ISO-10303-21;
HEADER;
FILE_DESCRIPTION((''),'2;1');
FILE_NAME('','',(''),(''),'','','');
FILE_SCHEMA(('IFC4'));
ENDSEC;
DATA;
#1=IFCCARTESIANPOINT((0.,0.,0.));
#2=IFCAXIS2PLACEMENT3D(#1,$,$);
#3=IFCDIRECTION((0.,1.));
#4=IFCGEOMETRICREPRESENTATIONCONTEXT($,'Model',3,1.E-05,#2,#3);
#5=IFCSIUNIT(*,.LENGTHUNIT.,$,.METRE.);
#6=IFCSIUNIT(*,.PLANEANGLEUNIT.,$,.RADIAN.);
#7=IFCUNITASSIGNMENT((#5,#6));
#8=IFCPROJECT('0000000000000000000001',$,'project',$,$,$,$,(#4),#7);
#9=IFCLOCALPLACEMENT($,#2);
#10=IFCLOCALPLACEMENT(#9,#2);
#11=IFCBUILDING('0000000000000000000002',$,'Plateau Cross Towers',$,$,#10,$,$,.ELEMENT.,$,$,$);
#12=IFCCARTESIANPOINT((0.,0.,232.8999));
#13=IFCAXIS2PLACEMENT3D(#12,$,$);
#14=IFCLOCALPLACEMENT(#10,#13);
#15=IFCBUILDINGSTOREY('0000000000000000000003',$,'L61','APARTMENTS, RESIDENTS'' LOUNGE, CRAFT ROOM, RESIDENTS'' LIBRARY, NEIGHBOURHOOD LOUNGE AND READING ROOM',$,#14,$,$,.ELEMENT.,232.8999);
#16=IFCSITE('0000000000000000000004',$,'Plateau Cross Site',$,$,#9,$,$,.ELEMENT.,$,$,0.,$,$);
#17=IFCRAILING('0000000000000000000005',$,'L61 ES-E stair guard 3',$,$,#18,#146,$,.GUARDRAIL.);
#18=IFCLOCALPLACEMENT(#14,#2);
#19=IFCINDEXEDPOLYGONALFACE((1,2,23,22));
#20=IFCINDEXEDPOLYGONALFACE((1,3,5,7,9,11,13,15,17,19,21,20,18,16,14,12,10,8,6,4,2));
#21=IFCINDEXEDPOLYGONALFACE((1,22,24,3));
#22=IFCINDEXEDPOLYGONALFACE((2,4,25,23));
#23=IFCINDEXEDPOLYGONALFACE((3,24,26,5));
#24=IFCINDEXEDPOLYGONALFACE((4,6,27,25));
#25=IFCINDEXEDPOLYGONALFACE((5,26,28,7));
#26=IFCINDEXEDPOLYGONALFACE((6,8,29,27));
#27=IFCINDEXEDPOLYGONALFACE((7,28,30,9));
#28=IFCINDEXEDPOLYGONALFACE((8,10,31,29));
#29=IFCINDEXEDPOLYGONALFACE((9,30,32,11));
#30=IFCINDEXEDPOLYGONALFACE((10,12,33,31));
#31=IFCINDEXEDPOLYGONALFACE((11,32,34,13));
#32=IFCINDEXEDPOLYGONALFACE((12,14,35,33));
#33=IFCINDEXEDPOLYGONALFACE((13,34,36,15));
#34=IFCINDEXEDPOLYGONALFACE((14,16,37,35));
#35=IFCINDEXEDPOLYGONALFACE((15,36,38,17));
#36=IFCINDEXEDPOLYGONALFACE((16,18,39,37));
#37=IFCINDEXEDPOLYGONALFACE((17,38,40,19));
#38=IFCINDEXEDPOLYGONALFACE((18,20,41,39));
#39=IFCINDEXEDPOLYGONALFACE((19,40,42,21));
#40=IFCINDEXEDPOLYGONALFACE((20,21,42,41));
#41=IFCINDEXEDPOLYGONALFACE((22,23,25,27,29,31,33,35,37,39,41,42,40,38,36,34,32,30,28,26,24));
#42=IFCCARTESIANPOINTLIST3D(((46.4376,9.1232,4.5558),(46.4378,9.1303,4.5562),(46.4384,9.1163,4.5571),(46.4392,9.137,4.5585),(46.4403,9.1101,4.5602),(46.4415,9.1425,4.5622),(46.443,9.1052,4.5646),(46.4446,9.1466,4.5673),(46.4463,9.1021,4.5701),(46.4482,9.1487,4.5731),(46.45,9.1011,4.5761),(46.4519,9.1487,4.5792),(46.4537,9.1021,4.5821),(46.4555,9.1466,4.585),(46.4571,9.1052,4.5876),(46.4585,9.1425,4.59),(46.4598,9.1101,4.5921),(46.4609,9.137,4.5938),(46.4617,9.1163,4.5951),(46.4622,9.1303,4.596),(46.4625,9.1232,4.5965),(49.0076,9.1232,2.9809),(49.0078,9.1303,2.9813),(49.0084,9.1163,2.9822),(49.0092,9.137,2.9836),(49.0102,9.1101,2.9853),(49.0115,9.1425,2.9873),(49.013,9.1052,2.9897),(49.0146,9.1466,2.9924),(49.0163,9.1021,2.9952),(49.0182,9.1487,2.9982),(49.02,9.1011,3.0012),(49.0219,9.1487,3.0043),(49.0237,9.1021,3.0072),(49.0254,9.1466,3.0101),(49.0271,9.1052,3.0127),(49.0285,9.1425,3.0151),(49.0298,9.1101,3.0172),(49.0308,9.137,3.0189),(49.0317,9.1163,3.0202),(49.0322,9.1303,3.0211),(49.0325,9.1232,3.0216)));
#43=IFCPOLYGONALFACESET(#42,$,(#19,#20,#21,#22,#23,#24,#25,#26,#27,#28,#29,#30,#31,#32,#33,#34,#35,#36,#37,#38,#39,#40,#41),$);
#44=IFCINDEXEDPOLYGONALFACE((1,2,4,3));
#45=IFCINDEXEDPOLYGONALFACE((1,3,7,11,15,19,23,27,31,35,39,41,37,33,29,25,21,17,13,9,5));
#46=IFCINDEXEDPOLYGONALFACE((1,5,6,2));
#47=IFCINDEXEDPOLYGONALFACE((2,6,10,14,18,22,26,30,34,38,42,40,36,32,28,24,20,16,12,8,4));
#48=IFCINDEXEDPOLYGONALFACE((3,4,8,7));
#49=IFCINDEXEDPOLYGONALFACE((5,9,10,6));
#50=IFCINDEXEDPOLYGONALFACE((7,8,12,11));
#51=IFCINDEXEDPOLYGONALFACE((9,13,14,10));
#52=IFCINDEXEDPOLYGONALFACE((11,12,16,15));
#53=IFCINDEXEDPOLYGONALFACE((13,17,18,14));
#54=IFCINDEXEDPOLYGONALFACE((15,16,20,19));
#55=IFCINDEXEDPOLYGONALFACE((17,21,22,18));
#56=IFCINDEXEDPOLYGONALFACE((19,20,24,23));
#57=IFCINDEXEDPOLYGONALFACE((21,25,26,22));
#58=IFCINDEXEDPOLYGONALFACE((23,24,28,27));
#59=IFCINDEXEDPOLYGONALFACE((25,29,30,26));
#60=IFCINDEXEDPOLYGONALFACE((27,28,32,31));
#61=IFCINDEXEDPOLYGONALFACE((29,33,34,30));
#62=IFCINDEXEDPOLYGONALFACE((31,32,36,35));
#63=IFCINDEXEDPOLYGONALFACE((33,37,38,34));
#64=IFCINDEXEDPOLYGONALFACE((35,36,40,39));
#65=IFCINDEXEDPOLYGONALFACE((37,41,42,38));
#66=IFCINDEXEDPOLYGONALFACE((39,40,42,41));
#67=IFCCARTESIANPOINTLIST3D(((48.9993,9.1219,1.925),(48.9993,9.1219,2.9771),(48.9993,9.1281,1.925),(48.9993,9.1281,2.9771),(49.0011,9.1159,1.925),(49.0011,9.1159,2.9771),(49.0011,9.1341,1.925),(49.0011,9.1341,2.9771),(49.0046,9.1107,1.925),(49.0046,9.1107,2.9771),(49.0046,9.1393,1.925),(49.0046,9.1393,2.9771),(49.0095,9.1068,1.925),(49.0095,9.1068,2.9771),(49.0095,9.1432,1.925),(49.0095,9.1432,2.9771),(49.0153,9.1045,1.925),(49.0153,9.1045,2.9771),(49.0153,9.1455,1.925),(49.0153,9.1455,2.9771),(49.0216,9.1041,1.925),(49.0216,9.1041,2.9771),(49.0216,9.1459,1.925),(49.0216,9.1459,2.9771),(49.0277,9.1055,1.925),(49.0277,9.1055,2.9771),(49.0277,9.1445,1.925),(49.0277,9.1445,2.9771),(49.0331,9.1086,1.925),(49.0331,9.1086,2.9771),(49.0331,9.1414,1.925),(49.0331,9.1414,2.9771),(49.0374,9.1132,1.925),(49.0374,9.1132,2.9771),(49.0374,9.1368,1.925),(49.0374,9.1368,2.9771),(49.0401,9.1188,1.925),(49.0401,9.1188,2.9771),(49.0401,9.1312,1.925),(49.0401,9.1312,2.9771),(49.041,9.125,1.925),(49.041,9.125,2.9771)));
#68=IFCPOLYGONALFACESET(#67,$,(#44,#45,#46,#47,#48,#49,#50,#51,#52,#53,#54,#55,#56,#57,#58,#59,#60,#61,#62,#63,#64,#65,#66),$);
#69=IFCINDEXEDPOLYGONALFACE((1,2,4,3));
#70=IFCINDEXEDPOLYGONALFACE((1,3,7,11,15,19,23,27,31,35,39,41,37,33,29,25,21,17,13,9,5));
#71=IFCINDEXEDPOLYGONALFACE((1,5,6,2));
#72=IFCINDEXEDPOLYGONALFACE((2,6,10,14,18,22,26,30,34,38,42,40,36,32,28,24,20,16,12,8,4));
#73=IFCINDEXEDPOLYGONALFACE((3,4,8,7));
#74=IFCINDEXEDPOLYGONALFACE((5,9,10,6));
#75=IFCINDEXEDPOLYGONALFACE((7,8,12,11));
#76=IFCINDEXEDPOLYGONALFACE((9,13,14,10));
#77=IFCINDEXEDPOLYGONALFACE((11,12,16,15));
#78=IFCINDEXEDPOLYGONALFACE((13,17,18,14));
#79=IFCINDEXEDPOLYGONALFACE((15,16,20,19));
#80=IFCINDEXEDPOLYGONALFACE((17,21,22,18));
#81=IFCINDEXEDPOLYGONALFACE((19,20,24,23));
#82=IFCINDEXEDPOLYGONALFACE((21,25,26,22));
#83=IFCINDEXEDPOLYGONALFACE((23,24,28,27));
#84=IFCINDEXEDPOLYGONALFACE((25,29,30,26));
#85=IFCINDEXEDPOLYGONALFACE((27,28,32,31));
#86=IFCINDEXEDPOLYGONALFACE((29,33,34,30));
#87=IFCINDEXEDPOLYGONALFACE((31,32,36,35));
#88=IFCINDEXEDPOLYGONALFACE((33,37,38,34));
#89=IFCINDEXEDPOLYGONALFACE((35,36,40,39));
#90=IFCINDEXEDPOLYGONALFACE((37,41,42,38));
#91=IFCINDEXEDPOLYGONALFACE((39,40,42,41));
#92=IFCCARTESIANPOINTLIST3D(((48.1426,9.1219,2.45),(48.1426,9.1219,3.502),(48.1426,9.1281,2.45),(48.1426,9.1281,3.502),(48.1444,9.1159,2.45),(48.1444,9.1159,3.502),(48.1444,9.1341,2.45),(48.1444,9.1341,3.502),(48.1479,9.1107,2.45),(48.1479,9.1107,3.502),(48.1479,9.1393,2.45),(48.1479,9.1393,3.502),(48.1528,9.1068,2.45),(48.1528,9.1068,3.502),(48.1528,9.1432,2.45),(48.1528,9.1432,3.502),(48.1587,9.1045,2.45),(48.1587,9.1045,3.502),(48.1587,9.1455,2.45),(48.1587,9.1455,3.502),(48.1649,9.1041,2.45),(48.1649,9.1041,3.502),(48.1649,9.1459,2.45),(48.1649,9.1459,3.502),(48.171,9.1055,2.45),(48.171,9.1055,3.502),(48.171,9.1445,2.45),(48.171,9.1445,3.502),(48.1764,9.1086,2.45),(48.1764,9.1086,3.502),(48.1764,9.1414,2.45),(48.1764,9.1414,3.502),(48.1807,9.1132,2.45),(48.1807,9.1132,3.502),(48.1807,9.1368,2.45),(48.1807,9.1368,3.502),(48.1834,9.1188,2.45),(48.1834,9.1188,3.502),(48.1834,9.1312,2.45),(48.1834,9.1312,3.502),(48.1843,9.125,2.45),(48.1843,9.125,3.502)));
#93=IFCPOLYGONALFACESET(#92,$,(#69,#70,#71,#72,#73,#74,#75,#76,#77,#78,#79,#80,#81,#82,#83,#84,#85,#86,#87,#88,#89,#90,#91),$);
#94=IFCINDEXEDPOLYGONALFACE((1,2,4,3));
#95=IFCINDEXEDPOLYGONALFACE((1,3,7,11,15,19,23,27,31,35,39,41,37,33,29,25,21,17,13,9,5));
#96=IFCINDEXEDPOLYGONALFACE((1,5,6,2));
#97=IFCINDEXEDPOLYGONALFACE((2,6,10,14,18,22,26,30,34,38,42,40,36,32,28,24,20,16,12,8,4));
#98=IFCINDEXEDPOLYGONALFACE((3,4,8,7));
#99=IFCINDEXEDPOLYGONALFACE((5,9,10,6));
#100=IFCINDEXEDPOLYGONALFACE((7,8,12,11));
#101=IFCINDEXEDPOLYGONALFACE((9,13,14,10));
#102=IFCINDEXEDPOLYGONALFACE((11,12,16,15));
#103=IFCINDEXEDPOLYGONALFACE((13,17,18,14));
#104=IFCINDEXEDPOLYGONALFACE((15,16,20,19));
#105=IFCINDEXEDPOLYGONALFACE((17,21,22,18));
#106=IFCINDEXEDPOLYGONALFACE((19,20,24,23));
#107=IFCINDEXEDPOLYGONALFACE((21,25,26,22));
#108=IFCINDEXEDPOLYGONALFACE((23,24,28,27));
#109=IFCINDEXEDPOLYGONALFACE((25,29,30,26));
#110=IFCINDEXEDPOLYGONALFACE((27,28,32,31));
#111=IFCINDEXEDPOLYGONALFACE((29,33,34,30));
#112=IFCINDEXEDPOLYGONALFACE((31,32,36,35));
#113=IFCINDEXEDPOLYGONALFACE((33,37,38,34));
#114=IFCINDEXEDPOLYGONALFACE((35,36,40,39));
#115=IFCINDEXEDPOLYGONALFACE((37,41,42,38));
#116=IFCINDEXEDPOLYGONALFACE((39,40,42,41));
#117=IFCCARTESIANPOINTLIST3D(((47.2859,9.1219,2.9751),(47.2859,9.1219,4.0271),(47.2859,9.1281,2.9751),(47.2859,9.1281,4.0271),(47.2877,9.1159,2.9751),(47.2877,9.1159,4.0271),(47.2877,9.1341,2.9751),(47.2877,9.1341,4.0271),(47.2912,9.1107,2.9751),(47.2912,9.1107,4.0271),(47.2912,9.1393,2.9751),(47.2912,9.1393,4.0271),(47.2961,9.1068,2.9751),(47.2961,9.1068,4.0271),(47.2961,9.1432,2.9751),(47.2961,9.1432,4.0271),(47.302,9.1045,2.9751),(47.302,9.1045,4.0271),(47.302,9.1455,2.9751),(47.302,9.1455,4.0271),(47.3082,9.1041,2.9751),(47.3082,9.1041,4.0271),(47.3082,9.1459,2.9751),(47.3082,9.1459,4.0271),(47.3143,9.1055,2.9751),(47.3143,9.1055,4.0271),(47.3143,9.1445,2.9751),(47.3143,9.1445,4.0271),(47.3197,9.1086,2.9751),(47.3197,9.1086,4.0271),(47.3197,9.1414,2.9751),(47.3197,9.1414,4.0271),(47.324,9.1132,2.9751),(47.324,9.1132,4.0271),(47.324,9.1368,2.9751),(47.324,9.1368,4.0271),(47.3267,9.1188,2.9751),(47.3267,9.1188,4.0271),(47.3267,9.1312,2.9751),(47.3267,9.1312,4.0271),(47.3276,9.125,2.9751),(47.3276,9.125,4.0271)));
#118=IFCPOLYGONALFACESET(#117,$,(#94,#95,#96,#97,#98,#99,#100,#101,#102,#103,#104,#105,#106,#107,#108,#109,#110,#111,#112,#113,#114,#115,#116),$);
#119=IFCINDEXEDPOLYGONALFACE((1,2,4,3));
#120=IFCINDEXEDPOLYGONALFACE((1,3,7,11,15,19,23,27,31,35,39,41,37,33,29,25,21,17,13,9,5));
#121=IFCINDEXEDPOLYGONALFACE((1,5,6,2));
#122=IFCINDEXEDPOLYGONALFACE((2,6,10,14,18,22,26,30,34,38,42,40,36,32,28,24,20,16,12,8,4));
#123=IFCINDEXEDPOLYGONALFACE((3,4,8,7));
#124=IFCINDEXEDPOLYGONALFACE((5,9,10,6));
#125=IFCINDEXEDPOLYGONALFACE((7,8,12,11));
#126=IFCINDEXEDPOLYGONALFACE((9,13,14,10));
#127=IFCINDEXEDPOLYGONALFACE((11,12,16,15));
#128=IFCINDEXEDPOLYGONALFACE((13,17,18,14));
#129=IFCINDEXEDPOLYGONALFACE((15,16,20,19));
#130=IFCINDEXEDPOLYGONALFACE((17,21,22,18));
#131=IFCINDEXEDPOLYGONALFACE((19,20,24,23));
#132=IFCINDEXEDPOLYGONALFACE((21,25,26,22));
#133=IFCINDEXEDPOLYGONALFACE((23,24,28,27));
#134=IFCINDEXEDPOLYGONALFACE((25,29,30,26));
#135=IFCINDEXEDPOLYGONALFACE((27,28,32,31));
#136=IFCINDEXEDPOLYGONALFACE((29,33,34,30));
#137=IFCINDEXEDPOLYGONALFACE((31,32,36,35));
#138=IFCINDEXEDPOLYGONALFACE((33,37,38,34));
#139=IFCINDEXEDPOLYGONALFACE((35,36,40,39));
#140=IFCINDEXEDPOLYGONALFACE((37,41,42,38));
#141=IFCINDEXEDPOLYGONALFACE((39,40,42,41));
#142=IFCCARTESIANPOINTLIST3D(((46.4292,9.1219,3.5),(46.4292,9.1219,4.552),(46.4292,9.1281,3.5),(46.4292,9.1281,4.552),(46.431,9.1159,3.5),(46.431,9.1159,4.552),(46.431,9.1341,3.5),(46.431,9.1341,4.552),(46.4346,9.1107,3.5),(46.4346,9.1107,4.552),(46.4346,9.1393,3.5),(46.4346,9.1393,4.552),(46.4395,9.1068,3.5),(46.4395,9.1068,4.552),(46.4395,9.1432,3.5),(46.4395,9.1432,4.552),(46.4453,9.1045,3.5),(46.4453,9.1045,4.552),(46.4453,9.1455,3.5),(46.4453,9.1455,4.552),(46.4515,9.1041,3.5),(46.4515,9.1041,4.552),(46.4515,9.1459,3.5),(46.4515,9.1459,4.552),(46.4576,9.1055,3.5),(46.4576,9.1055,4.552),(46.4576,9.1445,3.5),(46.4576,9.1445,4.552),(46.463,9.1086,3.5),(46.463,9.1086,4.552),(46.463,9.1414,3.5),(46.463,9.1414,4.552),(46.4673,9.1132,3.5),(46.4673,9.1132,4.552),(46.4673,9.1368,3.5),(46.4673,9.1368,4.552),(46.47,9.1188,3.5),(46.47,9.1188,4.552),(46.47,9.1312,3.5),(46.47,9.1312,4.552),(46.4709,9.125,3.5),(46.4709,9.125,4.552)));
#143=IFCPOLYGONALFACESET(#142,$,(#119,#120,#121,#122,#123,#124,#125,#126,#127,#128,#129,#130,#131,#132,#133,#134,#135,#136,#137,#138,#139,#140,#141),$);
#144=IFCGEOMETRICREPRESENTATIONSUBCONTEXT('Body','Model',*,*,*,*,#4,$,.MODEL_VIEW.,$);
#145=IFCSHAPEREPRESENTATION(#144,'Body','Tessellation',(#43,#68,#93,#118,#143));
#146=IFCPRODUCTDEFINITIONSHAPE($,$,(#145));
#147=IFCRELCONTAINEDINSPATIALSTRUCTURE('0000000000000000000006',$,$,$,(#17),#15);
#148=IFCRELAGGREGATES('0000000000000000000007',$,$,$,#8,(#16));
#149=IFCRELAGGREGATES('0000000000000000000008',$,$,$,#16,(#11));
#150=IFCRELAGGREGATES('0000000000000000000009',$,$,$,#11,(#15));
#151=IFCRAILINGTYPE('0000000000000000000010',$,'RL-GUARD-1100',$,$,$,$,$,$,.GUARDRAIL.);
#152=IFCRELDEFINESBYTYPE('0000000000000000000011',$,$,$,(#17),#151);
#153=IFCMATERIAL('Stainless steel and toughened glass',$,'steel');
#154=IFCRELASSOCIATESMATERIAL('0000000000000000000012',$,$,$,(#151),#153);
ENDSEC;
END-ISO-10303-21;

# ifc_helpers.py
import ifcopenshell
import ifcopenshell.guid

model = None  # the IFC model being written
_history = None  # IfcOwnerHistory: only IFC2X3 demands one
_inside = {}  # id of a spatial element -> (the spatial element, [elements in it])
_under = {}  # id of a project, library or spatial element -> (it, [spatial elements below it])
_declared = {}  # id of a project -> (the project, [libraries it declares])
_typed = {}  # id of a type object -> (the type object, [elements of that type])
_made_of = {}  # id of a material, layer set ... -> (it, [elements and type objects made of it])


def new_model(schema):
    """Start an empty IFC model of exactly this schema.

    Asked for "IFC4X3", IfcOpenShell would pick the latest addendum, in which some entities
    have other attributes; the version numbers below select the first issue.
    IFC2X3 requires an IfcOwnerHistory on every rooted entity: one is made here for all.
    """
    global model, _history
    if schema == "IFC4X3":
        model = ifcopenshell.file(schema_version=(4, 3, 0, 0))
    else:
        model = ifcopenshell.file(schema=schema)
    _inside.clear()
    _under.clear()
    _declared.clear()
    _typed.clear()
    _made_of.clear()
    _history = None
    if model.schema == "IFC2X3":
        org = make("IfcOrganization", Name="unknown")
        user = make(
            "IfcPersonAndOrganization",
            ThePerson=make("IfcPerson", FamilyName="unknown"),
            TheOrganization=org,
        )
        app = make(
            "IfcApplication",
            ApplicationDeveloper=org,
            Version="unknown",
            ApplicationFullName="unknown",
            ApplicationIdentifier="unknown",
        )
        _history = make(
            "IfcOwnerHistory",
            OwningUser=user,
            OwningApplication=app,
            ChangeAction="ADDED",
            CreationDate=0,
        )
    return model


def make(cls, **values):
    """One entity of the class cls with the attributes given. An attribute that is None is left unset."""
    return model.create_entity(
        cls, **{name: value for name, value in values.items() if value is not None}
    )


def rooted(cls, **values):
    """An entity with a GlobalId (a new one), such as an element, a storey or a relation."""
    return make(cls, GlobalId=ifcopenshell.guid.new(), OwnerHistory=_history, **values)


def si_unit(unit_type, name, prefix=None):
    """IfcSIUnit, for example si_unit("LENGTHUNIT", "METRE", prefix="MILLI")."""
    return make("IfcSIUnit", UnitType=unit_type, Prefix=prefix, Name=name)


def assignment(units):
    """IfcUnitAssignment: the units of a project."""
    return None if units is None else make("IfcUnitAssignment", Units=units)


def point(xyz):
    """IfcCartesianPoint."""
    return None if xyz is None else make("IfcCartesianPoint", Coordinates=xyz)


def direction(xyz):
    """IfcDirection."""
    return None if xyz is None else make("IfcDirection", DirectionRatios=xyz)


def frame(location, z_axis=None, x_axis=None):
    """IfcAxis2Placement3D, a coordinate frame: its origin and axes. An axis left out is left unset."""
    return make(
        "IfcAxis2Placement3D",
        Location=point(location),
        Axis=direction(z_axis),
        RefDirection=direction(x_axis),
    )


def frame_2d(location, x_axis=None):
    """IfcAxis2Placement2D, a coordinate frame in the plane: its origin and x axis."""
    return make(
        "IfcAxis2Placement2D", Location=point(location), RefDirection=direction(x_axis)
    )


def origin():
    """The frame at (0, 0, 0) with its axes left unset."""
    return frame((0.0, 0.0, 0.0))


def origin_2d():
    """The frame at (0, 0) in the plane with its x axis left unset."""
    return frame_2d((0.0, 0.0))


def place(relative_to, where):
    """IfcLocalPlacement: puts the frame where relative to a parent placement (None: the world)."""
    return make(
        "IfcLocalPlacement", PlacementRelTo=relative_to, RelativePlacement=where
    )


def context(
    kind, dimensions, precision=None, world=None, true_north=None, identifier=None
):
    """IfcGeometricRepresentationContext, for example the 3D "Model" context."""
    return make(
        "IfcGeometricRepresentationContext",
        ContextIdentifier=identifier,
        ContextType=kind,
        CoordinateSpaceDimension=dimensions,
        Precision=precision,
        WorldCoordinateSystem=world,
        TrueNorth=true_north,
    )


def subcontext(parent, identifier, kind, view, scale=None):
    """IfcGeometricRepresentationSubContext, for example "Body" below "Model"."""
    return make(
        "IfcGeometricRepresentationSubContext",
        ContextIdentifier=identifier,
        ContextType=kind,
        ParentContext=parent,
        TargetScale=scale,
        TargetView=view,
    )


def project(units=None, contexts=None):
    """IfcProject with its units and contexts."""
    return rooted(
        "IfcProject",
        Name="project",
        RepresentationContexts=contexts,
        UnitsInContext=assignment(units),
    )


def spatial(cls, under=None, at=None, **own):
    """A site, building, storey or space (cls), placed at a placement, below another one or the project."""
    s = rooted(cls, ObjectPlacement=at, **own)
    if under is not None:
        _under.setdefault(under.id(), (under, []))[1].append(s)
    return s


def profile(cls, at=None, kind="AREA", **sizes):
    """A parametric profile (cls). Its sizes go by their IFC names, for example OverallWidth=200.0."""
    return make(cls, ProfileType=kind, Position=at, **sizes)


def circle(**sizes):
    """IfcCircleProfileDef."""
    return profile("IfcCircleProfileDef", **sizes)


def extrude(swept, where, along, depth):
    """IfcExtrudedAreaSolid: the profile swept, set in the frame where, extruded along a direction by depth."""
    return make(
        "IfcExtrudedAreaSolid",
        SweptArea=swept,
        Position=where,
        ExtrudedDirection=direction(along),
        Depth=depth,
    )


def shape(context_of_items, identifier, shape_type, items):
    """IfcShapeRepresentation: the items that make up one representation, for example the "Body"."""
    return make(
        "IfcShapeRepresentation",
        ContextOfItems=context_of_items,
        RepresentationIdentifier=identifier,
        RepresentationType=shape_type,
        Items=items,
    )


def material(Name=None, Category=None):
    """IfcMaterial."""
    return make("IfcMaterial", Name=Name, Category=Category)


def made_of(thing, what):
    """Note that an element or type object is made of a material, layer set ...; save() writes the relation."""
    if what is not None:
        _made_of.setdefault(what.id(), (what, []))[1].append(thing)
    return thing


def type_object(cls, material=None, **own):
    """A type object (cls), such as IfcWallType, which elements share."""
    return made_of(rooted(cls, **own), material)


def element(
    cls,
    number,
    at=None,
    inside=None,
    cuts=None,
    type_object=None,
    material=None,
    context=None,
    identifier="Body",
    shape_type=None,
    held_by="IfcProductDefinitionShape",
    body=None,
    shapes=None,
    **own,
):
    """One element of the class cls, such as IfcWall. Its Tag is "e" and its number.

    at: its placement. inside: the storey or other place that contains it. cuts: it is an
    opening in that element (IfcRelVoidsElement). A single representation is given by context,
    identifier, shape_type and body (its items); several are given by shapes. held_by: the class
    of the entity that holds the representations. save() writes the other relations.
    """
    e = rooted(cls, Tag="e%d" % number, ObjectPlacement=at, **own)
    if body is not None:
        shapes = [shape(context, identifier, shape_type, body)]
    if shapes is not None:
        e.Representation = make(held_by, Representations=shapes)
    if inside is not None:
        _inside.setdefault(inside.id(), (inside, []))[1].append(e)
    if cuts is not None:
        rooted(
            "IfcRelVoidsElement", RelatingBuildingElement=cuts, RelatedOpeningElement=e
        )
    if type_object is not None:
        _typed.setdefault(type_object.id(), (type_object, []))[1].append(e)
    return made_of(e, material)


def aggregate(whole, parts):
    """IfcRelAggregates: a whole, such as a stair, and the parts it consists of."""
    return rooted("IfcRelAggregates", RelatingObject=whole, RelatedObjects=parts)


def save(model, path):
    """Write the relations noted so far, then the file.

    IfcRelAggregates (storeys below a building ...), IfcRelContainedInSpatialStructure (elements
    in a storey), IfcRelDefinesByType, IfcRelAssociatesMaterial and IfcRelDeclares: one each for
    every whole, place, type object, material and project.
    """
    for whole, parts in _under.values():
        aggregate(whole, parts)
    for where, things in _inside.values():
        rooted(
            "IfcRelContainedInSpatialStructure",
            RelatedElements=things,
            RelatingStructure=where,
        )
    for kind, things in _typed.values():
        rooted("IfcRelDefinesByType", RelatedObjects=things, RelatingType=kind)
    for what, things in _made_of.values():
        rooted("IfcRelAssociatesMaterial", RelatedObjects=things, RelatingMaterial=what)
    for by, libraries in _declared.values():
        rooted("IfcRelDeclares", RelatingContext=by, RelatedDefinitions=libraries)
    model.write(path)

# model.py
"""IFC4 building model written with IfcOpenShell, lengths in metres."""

from ifc_helpers import new_model, si_unit, direction, frame, origin, origin_2d, place, context, subcontext, project, spatial, circle, extrude, material, type_object, element, save


model = new_model("IFC4")

# Units and contexts
model_context = context("Model", 3, precision=1e-05, world=origin(), true_north=direction((0.0, 1.0)))
body_context = subcontext(model_context, "Body", "Model", "MODEL_VIEW")
ifc_project = project(units=[si_unit("LENGTHUNIT", "METRE"), si_unit("PLANEANGLEUNIT", "RADIAN")], contexts=[model_context])

# Site, building, storey
site_placement = place(None, origin())
site = spatial("IfcSite", under=ifc_project, at=site_placement, Name="Plateau Cross Site", CompositionType="ELEMENT", RefElevation=0.0)
building_placement = place(site_placement, origin())
building = spatial("IfcBuilding", under=site, at=building_placement, Name="Plateau Cross Towers", CompositionType="ELEMENT")
storey_placement = place(building_placement, frame((0.0, 0.0, 232.8999)))
storey = spatial("IfcBuildingStorey", under=building, at=storey_placement, Name="L61", Description="APARTMENTS, RESIDENTS' LOUNGE, CRAFT ROOM, RESIDENTS' LIBRARY, NEIGHBOURHOOD LOUNGE AND READING ROOM", CompositionType="ELEMENT", Elevation=232.8999)

# Railing
ifc_material_1 = material(Name="Stainless steel and toughened glass", Category="steel")
railing_type_1 = type_object("IfcRailingType", Name="RL-GUARD-1100", PredefinedType="GUARDRAIL", material=ifc_material_1)
railing_1_placement = place(storey_placement, frame((49.02, 9.125, 1.925)))
element("IfcRailing", 1, at=railing_1_placement, inside=storey, type_object=railing_type_1, Name="L61 ES-E stair guard 3", PredefinedType="GUARDRAIL", context=body_context, shape_type="SweptSolid", body=[
    extrude(circle(Radius=0.0239, at=origin_2d()), frame((0.0, 0.0, 1.0762), z_axis=(-0.852639, 0.0, 0.522501), x_axis=(0.0, -1.0, 0.0)), (0.0, 0.0, 1.0), 3.0142),
    extrude(circle(Radius=0.021, at=origin_2d()), origin(), (0.0, 0.0, 1.0), 1.052),
    extrude(circle(Radius=0.021, at=origin_2d()), frame((-0.8567, 0.0, 0.5249)), (0.0, 0.0, 1.0), 1.052),
    extrude(circle(Radius=0.021, at=origin_2d()), frame((-1.7134, 0.0, 1.05)), (0.0, 0.0, 1.0), 1.052),
    extrude(circle(Radius=0.021, at=origin_2d()), frame((-2.5701, 0.0, 1.575)), (0.0, 0.0, 1.0), 1.052),
])

save(model, "model.ifc")
